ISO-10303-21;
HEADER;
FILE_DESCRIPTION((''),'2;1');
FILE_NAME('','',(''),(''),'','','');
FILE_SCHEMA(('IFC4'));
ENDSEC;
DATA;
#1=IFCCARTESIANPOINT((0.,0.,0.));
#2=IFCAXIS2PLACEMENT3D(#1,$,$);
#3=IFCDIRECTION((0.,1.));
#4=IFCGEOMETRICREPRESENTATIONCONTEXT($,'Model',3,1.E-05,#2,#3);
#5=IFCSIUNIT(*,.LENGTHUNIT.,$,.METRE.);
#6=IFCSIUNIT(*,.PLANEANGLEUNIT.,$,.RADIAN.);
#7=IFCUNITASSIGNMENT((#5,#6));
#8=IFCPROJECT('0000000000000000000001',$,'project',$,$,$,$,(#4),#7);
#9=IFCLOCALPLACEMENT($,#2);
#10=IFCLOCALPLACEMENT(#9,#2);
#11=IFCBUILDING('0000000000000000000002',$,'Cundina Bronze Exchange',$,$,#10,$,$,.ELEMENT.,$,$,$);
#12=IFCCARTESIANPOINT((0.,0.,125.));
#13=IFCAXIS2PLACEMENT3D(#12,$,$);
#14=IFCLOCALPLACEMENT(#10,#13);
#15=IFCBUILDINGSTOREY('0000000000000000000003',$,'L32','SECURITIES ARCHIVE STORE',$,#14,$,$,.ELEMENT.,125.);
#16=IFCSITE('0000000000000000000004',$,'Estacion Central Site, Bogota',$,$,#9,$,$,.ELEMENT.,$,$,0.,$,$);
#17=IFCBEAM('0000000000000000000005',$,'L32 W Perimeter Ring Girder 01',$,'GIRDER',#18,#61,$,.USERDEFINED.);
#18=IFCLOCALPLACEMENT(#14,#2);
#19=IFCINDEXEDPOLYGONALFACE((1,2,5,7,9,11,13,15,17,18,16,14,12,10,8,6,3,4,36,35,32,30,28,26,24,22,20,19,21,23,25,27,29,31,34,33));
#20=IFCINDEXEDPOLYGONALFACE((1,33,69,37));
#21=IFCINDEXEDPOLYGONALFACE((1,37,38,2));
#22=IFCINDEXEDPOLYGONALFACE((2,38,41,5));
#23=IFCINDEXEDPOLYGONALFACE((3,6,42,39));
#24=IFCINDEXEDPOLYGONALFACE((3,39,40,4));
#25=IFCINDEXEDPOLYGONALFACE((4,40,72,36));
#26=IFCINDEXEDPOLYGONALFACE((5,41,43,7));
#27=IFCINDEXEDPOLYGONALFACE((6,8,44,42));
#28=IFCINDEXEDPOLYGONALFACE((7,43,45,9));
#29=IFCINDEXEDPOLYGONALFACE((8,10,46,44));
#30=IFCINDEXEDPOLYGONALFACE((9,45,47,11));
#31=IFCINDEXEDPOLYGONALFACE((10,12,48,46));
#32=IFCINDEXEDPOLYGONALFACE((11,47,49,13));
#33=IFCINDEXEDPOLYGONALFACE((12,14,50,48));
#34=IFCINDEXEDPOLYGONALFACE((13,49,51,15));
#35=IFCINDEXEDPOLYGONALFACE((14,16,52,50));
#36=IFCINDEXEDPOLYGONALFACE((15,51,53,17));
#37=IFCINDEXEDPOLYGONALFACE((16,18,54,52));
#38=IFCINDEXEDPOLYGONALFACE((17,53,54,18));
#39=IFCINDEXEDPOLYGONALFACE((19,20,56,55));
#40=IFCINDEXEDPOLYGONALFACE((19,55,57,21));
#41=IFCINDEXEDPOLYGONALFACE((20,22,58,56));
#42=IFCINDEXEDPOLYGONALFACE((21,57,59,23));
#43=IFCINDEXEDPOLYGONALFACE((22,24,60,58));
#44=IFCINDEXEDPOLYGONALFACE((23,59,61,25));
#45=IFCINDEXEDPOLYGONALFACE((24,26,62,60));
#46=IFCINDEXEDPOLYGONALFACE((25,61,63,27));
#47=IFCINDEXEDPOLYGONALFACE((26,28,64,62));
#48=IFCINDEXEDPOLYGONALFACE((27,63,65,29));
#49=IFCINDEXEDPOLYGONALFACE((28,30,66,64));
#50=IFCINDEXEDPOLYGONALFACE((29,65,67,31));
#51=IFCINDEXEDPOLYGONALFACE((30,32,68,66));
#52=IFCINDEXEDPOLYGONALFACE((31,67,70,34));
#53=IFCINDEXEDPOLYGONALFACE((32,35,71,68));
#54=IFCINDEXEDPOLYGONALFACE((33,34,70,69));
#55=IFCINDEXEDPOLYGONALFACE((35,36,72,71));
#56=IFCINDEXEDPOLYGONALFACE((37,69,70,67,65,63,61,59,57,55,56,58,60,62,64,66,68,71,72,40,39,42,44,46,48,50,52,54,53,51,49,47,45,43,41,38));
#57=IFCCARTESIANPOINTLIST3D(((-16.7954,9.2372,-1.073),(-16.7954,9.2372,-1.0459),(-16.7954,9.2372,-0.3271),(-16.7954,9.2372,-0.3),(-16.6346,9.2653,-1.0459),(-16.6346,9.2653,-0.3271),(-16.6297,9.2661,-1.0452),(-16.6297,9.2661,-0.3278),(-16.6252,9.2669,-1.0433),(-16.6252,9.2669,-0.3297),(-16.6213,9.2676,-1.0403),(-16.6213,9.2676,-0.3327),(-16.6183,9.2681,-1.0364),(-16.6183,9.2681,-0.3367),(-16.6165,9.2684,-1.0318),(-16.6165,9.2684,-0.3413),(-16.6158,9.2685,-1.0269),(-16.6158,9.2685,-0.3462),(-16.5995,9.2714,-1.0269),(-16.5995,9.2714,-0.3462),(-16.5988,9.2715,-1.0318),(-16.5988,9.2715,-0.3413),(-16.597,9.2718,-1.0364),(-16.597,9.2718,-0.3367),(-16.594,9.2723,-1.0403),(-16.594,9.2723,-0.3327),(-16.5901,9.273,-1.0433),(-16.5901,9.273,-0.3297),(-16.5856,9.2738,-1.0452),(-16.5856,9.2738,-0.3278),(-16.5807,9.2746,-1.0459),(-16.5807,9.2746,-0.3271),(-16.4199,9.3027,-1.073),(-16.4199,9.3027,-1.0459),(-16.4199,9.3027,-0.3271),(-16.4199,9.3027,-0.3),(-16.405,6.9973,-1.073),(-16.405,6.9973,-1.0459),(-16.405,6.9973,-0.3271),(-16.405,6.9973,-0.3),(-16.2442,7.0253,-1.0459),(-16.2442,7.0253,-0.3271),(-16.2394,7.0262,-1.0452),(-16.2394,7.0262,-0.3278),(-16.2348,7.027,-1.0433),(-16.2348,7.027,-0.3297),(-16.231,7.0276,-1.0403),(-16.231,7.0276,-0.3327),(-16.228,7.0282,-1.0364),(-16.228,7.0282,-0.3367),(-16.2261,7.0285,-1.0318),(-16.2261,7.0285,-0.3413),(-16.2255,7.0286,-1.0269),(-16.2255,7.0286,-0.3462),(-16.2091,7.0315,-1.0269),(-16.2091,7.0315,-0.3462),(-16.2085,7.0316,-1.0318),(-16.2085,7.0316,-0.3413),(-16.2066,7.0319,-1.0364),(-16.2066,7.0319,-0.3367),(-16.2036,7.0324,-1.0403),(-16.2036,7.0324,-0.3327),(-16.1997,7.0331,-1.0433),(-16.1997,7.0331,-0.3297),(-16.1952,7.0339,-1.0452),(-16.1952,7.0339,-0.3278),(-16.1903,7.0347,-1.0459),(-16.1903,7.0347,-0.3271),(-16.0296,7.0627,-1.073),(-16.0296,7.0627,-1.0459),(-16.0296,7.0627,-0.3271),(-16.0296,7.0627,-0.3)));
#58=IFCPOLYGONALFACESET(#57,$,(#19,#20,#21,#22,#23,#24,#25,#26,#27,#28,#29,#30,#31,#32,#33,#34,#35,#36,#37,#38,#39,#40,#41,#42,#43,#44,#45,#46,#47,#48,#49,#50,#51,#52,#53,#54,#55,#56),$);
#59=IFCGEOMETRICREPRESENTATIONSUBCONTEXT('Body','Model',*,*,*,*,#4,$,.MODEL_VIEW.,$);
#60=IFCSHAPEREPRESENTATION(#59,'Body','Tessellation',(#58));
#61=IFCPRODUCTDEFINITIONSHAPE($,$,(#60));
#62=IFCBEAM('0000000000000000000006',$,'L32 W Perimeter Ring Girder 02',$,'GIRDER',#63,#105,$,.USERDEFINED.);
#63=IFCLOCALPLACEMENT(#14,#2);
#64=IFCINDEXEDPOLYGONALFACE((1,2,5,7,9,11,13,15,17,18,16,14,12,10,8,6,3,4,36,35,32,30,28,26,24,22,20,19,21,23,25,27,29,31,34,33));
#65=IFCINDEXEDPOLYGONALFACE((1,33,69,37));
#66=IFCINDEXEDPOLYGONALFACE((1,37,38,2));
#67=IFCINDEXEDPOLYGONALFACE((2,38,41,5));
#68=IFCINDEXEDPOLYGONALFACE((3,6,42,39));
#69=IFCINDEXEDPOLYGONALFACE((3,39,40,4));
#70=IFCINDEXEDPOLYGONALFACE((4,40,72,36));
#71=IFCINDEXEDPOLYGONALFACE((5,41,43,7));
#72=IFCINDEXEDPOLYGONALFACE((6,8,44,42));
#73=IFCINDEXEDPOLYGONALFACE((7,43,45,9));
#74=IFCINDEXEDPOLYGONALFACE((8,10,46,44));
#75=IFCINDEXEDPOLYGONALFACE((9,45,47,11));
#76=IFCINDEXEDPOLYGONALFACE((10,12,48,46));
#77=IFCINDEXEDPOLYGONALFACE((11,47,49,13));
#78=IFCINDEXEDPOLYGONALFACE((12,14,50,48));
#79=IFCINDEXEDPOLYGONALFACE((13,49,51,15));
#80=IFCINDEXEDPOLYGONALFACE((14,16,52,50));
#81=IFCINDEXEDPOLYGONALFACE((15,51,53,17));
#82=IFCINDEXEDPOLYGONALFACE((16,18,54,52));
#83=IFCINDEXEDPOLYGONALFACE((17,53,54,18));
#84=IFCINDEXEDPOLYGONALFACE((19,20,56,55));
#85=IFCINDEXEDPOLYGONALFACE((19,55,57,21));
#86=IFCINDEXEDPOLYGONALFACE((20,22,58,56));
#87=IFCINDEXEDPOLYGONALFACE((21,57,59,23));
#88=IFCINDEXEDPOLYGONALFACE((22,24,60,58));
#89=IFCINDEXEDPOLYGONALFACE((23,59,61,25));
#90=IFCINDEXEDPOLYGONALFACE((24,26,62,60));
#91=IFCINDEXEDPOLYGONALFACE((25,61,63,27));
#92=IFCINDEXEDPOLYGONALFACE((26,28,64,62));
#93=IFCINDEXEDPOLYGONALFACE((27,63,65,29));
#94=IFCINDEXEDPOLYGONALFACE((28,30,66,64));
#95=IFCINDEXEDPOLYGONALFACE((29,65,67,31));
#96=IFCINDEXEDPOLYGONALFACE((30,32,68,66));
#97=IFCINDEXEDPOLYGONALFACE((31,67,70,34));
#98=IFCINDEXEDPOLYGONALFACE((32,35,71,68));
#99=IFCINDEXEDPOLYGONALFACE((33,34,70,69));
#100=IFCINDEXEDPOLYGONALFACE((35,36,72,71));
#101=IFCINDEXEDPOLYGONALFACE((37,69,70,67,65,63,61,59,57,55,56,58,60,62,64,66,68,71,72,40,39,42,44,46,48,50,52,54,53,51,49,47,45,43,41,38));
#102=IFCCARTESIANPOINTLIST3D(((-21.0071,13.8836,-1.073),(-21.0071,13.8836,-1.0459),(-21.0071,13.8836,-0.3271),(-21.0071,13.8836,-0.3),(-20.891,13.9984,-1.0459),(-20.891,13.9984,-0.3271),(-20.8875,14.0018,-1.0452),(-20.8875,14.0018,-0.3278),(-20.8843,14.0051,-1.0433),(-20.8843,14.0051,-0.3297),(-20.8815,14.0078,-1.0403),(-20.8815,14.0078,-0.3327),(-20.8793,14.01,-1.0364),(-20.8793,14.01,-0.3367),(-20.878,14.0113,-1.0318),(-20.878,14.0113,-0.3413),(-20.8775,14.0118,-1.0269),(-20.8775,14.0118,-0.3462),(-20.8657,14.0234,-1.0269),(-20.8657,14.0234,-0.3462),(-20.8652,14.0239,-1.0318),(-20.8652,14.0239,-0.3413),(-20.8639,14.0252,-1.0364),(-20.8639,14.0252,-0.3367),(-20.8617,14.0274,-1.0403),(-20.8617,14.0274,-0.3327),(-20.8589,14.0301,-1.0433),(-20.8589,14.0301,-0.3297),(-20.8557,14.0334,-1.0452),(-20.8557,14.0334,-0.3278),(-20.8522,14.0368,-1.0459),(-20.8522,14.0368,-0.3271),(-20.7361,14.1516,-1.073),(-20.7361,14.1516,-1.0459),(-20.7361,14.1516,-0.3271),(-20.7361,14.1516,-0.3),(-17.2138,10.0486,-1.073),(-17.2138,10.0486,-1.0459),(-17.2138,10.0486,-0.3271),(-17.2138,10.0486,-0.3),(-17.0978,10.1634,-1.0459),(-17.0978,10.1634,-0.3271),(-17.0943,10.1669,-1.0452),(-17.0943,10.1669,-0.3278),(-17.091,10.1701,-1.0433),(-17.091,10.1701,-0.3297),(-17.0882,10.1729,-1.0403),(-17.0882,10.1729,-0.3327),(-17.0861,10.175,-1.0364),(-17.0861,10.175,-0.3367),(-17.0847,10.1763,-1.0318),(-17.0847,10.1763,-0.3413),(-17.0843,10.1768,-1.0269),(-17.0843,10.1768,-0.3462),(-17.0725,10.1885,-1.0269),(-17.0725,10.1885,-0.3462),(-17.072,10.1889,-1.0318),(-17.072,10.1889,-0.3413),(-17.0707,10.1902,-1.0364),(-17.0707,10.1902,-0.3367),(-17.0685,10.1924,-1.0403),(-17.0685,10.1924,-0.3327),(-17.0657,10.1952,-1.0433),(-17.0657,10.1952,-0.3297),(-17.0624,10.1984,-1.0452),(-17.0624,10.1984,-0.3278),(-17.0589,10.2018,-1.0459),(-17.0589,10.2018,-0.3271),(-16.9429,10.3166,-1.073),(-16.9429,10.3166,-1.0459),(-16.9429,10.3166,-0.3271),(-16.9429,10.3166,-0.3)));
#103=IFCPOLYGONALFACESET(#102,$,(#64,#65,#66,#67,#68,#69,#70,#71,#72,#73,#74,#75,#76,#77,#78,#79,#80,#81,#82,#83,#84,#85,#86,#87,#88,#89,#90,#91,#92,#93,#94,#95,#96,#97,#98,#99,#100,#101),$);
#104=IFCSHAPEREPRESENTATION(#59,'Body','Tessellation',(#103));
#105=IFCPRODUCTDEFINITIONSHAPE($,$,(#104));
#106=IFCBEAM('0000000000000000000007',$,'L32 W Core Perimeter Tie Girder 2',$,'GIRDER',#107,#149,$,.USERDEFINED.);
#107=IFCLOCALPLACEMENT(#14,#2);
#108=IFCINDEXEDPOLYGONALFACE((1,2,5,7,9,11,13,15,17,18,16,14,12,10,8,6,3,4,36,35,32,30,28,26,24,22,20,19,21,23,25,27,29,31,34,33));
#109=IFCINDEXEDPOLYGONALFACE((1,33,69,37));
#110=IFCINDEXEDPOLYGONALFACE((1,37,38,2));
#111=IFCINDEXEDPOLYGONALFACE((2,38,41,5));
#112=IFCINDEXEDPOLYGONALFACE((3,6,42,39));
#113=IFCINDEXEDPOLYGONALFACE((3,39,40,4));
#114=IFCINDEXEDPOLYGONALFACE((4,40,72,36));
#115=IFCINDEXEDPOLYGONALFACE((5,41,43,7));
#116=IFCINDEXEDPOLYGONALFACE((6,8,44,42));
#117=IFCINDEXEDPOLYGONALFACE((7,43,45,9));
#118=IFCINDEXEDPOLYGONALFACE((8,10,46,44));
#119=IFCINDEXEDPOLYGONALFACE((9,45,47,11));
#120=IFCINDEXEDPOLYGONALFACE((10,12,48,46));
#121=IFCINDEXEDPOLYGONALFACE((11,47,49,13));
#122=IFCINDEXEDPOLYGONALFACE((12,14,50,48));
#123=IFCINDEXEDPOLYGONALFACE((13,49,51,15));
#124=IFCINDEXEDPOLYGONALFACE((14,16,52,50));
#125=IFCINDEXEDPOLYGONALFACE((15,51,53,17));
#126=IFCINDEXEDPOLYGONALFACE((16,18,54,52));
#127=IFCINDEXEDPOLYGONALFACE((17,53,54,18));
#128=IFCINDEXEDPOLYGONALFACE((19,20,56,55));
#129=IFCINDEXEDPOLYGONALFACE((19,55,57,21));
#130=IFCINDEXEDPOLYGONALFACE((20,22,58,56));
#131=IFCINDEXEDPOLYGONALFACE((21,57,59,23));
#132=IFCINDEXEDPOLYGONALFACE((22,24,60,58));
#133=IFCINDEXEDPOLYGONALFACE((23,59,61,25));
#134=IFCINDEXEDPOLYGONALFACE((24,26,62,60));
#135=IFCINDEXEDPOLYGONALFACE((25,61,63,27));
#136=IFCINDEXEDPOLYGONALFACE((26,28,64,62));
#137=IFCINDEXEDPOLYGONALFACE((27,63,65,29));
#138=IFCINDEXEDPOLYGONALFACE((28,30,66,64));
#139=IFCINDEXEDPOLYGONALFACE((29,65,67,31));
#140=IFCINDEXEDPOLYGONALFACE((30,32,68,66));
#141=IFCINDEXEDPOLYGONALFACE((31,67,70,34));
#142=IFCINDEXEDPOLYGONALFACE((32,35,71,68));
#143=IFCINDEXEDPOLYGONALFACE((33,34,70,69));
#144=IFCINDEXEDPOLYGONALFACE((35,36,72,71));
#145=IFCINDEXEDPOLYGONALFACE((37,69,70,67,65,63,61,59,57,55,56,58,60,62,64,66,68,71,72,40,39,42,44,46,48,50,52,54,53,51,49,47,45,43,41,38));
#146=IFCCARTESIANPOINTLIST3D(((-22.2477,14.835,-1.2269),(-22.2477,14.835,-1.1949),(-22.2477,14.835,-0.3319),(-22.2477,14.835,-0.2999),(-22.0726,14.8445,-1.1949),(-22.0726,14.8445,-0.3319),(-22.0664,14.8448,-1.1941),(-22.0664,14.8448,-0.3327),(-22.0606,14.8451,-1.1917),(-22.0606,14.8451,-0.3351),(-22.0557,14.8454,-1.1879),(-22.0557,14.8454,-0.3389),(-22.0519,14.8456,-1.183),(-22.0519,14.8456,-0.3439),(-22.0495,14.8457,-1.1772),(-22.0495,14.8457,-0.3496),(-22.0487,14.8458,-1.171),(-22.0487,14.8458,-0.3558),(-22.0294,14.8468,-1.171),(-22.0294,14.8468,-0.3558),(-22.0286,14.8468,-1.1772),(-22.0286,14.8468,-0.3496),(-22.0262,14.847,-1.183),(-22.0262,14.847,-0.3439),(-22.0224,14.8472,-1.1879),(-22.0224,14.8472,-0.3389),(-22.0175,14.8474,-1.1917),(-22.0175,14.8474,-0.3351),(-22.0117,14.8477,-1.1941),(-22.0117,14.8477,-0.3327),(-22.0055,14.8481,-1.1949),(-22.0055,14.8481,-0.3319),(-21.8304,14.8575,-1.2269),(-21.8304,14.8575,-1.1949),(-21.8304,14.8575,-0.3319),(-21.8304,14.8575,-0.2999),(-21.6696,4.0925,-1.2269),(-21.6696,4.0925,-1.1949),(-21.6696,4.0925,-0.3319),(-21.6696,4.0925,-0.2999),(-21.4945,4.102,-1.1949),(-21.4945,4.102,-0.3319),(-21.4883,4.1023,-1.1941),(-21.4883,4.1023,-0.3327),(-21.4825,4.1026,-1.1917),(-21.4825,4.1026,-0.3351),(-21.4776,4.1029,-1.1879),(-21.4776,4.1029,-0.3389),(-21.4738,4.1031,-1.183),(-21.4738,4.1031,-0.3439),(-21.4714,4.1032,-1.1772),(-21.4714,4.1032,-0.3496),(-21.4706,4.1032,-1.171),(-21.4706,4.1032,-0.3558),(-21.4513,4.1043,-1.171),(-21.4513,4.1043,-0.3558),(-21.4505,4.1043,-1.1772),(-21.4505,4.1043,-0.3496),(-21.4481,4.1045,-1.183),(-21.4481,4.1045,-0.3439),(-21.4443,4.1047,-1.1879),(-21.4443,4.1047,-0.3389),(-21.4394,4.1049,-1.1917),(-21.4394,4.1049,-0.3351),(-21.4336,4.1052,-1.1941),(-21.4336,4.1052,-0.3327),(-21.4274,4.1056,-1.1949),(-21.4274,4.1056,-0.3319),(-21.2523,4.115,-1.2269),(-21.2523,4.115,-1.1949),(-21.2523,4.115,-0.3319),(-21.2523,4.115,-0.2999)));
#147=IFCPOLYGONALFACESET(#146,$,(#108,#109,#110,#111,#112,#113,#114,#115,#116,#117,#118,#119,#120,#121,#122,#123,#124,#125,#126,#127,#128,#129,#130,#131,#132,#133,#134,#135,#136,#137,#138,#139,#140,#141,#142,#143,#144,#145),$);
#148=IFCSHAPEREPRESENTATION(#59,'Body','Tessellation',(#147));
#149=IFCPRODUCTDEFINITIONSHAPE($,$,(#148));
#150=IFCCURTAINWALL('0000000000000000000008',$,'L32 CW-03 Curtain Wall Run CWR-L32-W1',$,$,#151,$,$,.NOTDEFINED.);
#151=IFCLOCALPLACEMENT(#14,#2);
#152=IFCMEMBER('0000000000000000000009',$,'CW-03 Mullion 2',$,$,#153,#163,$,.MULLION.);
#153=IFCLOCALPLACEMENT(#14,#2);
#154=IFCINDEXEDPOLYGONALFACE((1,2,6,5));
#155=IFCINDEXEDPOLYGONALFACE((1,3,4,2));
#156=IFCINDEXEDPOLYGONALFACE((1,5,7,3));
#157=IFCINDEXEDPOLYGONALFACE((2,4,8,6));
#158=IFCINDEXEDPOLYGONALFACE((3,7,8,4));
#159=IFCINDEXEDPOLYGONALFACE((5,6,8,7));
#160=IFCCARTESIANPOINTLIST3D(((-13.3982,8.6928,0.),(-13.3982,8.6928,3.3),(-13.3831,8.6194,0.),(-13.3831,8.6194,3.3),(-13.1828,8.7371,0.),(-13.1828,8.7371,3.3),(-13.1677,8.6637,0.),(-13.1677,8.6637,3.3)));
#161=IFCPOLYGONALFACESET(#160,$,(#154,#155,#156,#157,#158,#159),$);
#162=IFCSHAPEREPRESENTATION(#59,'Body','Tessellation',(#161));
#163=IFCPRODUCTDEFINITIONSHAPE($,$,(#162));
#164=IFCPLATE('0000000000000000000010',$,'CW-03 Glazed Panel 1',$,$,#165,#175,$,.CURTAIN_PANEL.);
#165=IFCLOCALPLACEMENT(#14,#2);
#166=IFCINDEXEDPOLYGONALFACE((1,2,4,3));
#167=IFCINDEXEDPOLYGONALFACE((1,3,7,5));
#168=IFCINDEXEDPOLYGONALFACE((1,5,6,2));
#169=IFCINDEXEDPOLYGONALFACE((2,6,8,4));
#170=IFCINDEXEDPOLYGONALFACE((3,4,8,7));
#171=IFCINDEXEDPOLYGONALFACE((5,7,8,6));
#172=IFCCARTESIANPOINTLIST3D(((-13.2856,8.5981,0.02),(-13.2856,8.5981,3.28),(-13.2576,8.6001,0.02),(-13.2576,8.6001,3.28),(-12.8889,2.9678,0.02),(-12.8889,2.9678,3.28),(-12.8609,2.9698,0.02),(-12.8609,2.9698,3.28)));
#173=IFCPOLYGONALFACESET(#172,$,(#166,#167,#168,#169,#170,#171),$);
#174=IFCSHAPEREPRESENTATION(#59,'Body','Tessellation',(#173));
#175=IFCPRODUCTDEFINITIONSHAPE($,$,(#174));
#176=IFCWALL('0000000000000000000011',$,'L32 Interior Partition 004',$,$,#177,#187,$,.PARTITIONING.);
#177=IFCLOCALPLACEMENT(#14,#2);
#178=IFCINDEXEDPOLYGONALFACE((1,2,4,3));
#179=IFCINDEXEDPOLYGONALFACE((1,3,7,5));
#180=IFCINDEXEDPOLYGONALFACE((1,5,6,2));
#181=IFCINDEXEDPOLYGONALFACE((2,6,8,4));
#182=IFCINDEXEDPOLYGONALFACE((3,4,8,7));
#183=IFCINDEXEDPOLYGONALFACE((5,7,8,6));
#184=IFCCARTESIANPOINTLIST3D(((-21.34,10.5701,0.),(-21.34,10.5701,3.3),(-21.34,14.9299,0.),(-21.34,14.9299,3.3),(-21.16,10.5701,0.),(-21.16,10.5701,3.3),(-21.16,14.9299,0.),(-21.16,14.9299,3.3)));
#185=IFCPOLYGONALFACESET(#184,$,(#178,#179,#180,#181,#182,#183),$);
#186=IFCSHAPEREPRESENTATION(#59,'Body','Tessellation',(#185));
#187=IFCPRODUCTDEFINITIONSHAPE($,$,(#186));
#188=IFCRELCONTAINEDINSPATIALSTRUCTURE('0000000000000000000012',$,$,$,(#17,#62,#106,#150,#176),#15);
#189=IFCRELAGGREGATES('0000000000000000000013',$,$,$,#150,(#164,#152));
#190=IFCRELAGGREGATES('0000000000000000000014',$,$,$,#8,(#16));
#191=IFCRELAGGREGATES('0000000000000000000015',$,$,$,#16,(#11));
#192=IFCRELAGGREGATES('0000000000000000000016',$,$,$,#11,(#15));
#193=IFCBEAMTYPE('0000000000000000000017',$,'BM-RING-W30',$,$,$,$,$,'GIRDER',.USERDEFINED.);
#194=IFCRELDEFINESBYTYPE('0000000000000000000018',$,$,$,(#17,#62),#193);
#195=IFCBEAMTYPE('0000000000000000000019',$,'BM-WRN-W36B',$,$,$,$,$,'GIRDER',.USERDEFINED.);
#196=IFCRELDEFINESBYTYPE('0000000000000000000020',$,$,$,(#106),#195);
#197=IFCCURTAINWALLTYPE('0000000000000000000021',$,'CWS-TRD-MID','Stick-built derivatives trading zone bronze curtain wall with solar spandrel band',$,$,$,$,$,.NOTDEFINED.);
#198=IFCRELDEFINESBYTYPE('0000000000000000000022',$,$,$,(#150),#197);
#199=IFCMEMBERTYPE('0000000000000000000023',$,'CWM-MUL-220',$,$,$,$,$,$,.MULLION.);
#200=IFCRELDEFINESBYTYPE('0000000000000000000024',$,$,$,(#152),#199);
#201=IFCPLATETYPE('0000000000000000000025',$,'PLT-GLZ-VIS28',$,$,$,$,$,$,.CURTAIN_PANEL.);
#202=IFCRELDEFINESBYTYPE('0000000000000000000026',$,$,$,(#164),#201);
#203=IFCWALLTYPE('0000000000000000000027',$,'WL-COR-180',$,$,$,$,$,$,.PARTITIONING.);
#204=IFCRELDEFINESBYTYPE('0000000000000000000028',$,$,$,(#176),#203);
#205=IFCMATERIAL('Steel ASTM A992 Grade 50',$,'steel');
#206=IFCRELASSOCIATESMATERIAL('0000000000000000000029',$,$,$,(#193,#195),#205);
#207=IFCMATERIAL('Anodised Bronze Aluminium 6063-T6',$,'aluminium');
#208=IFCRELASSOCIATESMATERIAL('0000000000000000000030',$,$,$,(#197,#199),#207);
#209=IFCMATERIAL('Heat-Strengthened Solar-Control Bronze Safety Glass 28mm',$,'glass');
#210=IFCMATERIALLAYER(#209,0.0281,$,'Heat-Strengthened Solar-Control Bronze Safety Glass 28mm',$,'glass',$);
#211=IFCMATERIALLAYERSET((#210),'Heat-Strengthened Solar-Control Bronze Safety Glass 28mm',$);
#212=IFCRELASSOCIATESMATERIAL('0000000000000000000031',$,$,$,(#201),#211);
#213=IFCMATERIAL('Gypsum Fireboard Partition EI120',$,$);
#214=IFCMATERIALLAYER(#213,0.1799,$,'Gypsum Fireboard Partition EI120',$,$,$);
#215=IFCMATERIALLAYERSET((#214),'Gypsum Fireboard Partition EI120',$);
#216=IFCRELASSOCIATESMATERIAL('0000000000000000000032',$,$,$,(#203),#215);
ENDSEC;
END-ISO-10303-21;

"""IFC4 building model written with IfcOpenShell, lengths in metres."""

from ifc_helpers import new_model, si_unit, direction, frame, frame_2d, origin, origin_2d, place, context, subcontext, project, spatial, rectangle, i_section, extrude, material, layer, layer_set, material_profile, profile_set, type_object, element, aggregate, save


model = new_model("IFC4")

# Units and contexts
model_context = context("Model", 3, precision=1e-05, world=origin(), true_north=direction((0.0, 1.0)))
body_context = subcontext(model_context, "Body", "Model", "MODEL_VIEW")
ifc_project = project(units=[si_unit("LENGTHUNIT", "METRE"), si_unit("PLANEANGLEUNIT", "RADIAN")], contexts=[model_context])

# Site, building, storey
site_placement = place(None, origin())
site = spatial("IfcSite", under=ifc_project, at=site_placement, Name="Estacion Central Site, Bogota", CompositionType="ELEMENT", RefElevation=0.0)
building_placement = place(site_placement, origin())
building = spatial("IfcBuilding", under=site, at=building_placement, Name="Cundina Bronze Exchange", CompositionType="ELEMENT")
storey_placement = place(building_placement, frame((0.0, 0.0, 125.0)))
storey = spatial("IfcBuildingStorey", under=building, at=storey_placement, Name="L32", Description="SECURITIES ARCHIVE STORE", CompositionType="ELEMENT", Elevation=125.0)

# Beams
ifc_material_1 = material(Name="Steel ASTM A992 Grade 50", Category="steel")
ifc_material_profile_1 = material_profile(ifc_material_1, i_section(OverallWidth=0.3811, OverallDepth=0.7729, WebThickness=0.0166, FlangeThickness=0.0271, FilletRadius=0.019, at=origin_2d()), Name="W30X173", Category="steel")
ifc_profile_set_1 = profile_set([ifc_material_profile_1], Name="Steel ASTM A992 Grade 50")
beam_type_1 = type_object("IfcBeamType", Name="BM-RING-W30", ElementType="GIRDER", PredefinedType="USERDEFINED", material=ifc_profile_set_1)
beam_1_placement = place(storey_placement, frame((-16.2173, 7.03, -0.6865), z_axis=(-0.17169, 0.985151, 0.0), x_axis=(-0.985151, -0.17169, 0.0)))
element("IfcBeam", 1, at=beam_1_placement, inside=storey, type_object=beam_type_1, Name="L32 W Perimeter Ring Girder 01", ObjectType="GIRDER", PredefinedType="USERDEFINED", context=body_context, shape_type="SweptSolid", body=[
    extrude(i_section(OverallWidth=0.3811, OverallDepth=0.7729, WebThickness=0.0166, FlangeThickness=0.0271, FilletRadius=0.019, at=origin_2d()), origin(), (0.0, 0.0, 1.0), 2.2737),
])
beam_2_placement = place(storey_placement, frame((-17.0784, 10.1826, -0.6865), z_axis=(-0.703226, 0.710966, 0.0), x_axis=(-0.710966, -0.703226, 0.0)))
element("IfcBeam", 2, at=beam_2_placement, inside=storey, type_object=beam_type_1, Name="L32 W Perimeter Ring Girder 02", ObjectType="GIRDER", PredefinedType="USERDEFINED", context=body_context, shape_type="SweptSolid", body=[
    extrude(i_section(OverallWidth=0.3811, OverallDepth=0.7729, WebThickness=0.0166, FlangeThickness=0.0271, FilletRadius=0.019, at=origin_2d()), origin(), (0.0, 0.0, 1.0), 5.394),
])
ifc_material_profile_2 = material_profile(ifc_material_1, i_section(OverallWidth=0.418, OverallDepth=0.927, WebThickness=0.0193, FlangeThickness=0.032, FilletRadius=0.0239, at=origin_2d()), Name="W36X231", Category="steel")
ifc_profile_set_2 = profile_set([ifc_material_profile_2], Name="Steel ASTM A992 Grade 50")
beam_type_2 = type_object("IfcBeamType", Name="BM-WRN-W36B", ElementType="GIRDER", PredefinedType="USERDEFINED", material=ifc_profile_set_2)
beam_3_placement = place(storey_placement, frame((-21.4609, 4.1038, -0.7634), z_axis=(-0.053739, 0.998555, 0.0), x_axis=(-0.998555, -0.053739, 0.0)))
element("IfcBeam", 3, at=beam_3_placement, inside=storey, type_object=beam_type_2, Name="L32 W Core Perimeter Tie Girder 2", ObjectType="GIRDER", PredefinedType="USERDEFINED", context=body_context, shape_type="SweptSolid", body=[
    extrude(i_section(OverallWidth=0.418, OverallDepth=0.927, WebThickness=0.0193, FlangeThickness=0.032, FilletRadius=0.0239, at=origin_2d()), origin(), (0.0, 0.0, 1.0), 10.7581),
])

# Curtain wall, member, plate
ifc_material_2 = material(Name="Anodised Bronze Aluminium 6063-T6", Category="aluminium")
curtain_wall_type = type_object("IfcCurtainWallType", Name="CWS-TRD-MID", Description="Stick-built derivatives trading zone bronze curtain wall with solar spandrel band", PredefinedType="NOTDEFINED", material=ifc_material_2)
curtain_wall_placement = place(storey_placement, origin())
curtain_wall = element("IfcCurtainWall", 4, at=curtain_wall_placement, inside=storey, type_object=curtain_wall_type, Name="L32 CW-03 Curtain Wall Run CWR-L32-W1", PredefinedType="NOTDEFINED")
ifc_material_profile_3 = material_profile(ifc_material_2, rectangle(XDim=0.075, YDim=0.22, at=origin_2d()), Name="AL75X220", Category="aluminium")
ifc_profile_set_3 = profile_set([ifc_material_profile_3], Name="Anodised Bronze Aluminium 6063-T6")
member_type = type_object("IfcMemberType", Name="CWM-MUL-220", PredefinedType="MULLION", material=ifc_profile_set_3)
member_placement = place(storey_placement, frame((-13.283, 8.6782, 0.0), z_axis=(0.0, 0.0, 1.0), x_axis=(-0.20142, 0.979505, 0.0)))
member = element("IfcMember", 5, at=member_placement, type_object=member_type, Name="CW-03 Mullion 2", PredefinedType="MULLION", context=body_context, shape_type="SweptSolid", body=[
    extrude(rectangle(XDim=0.075, YDim=0.22, at=origin_2d()), origin(), (0.0, 0.0, 1.0), 3.3),
])
ifc_material_3 = material(Name="Heat-Strengthened Solar-Control Bronze Safety Glass 28mm", Category="glass")
ifc_layer_1 = layer(ifc_material_3, 0.0281, Name="Heat-Strengthened Solar-Control Bronze Safety Glass 28mm", Category="glass")
ifc_layer_set_1 = layer_set([ifc_layer_1], Name="Heat-Strengthened Solar-Control Bronze Safety Glass 28mm")
plate_type = type_object("IfcPlateType", Name="PLT-GLZ-VIS28", PredefinedType="CURTAIN_PANEL", material=ifc_layer_set_1)
plate_placement = place(storey_placement, frame((-13.0732, 5.7839, 0.02), z_axis=(0.0, 0.0, 1.0), x_axis=(-0.070279, 0.997527, 0.0)))
plate = element("IfcPlate", 6, at=plate_placement, type_object=plate_type, Name="CW-03 Glazed Panel 1", PredefinedType="CURTAIN_PANEL", context=body_context, shape_type="SweptSolid", body=[
    extrude(rectangle(XDim=5.6443, YDim=0.0281, at=origin_2d()), origin(), (0.0, 0.0, 1.0), 3.26),
])
aggregate(curtain_wall, [plate, member])

# Wall
ifc_material_4 = material(Name="Gypsum Fireboard Partition EI120")
ifc_layer_2 = layer(ifc_material_4, 0.1799, Name="Gypsum Fireboard Partition EI120")
ifc_layer_set_2 = layer_set([ifc_layer_2], Name="Gypsum Fireboard Partition EI120")
wall_type_1 = type_object("IfcWallType", Name="WL-COR-180", PredefinedType="PARTITIONING", material=ifc_layer_set_2)
wall_1_placement = place(storey_placement, frame((-21.25, 10.5701, 0.0), z_axis=(0.0, 0.0, 1.0), x_axis=(0.0, 1.0, 0.0)))
element("IfcWall", 7, at=wall_1_placement, inside=storey, type_object=wall_type_1, Name="L32 Interior Partition 004", PredefinedType="PARTITIONING", context=body_context, shape_type="SweptSolid", body=[
    extrude(rectangle(XDim=4.3599, YDim=0.1799, at=frame_2d((2.1799, 0.0))), origin(), (0.0, 0.0, 1.0), 3.3),
])

save(model, "model.ifc")
